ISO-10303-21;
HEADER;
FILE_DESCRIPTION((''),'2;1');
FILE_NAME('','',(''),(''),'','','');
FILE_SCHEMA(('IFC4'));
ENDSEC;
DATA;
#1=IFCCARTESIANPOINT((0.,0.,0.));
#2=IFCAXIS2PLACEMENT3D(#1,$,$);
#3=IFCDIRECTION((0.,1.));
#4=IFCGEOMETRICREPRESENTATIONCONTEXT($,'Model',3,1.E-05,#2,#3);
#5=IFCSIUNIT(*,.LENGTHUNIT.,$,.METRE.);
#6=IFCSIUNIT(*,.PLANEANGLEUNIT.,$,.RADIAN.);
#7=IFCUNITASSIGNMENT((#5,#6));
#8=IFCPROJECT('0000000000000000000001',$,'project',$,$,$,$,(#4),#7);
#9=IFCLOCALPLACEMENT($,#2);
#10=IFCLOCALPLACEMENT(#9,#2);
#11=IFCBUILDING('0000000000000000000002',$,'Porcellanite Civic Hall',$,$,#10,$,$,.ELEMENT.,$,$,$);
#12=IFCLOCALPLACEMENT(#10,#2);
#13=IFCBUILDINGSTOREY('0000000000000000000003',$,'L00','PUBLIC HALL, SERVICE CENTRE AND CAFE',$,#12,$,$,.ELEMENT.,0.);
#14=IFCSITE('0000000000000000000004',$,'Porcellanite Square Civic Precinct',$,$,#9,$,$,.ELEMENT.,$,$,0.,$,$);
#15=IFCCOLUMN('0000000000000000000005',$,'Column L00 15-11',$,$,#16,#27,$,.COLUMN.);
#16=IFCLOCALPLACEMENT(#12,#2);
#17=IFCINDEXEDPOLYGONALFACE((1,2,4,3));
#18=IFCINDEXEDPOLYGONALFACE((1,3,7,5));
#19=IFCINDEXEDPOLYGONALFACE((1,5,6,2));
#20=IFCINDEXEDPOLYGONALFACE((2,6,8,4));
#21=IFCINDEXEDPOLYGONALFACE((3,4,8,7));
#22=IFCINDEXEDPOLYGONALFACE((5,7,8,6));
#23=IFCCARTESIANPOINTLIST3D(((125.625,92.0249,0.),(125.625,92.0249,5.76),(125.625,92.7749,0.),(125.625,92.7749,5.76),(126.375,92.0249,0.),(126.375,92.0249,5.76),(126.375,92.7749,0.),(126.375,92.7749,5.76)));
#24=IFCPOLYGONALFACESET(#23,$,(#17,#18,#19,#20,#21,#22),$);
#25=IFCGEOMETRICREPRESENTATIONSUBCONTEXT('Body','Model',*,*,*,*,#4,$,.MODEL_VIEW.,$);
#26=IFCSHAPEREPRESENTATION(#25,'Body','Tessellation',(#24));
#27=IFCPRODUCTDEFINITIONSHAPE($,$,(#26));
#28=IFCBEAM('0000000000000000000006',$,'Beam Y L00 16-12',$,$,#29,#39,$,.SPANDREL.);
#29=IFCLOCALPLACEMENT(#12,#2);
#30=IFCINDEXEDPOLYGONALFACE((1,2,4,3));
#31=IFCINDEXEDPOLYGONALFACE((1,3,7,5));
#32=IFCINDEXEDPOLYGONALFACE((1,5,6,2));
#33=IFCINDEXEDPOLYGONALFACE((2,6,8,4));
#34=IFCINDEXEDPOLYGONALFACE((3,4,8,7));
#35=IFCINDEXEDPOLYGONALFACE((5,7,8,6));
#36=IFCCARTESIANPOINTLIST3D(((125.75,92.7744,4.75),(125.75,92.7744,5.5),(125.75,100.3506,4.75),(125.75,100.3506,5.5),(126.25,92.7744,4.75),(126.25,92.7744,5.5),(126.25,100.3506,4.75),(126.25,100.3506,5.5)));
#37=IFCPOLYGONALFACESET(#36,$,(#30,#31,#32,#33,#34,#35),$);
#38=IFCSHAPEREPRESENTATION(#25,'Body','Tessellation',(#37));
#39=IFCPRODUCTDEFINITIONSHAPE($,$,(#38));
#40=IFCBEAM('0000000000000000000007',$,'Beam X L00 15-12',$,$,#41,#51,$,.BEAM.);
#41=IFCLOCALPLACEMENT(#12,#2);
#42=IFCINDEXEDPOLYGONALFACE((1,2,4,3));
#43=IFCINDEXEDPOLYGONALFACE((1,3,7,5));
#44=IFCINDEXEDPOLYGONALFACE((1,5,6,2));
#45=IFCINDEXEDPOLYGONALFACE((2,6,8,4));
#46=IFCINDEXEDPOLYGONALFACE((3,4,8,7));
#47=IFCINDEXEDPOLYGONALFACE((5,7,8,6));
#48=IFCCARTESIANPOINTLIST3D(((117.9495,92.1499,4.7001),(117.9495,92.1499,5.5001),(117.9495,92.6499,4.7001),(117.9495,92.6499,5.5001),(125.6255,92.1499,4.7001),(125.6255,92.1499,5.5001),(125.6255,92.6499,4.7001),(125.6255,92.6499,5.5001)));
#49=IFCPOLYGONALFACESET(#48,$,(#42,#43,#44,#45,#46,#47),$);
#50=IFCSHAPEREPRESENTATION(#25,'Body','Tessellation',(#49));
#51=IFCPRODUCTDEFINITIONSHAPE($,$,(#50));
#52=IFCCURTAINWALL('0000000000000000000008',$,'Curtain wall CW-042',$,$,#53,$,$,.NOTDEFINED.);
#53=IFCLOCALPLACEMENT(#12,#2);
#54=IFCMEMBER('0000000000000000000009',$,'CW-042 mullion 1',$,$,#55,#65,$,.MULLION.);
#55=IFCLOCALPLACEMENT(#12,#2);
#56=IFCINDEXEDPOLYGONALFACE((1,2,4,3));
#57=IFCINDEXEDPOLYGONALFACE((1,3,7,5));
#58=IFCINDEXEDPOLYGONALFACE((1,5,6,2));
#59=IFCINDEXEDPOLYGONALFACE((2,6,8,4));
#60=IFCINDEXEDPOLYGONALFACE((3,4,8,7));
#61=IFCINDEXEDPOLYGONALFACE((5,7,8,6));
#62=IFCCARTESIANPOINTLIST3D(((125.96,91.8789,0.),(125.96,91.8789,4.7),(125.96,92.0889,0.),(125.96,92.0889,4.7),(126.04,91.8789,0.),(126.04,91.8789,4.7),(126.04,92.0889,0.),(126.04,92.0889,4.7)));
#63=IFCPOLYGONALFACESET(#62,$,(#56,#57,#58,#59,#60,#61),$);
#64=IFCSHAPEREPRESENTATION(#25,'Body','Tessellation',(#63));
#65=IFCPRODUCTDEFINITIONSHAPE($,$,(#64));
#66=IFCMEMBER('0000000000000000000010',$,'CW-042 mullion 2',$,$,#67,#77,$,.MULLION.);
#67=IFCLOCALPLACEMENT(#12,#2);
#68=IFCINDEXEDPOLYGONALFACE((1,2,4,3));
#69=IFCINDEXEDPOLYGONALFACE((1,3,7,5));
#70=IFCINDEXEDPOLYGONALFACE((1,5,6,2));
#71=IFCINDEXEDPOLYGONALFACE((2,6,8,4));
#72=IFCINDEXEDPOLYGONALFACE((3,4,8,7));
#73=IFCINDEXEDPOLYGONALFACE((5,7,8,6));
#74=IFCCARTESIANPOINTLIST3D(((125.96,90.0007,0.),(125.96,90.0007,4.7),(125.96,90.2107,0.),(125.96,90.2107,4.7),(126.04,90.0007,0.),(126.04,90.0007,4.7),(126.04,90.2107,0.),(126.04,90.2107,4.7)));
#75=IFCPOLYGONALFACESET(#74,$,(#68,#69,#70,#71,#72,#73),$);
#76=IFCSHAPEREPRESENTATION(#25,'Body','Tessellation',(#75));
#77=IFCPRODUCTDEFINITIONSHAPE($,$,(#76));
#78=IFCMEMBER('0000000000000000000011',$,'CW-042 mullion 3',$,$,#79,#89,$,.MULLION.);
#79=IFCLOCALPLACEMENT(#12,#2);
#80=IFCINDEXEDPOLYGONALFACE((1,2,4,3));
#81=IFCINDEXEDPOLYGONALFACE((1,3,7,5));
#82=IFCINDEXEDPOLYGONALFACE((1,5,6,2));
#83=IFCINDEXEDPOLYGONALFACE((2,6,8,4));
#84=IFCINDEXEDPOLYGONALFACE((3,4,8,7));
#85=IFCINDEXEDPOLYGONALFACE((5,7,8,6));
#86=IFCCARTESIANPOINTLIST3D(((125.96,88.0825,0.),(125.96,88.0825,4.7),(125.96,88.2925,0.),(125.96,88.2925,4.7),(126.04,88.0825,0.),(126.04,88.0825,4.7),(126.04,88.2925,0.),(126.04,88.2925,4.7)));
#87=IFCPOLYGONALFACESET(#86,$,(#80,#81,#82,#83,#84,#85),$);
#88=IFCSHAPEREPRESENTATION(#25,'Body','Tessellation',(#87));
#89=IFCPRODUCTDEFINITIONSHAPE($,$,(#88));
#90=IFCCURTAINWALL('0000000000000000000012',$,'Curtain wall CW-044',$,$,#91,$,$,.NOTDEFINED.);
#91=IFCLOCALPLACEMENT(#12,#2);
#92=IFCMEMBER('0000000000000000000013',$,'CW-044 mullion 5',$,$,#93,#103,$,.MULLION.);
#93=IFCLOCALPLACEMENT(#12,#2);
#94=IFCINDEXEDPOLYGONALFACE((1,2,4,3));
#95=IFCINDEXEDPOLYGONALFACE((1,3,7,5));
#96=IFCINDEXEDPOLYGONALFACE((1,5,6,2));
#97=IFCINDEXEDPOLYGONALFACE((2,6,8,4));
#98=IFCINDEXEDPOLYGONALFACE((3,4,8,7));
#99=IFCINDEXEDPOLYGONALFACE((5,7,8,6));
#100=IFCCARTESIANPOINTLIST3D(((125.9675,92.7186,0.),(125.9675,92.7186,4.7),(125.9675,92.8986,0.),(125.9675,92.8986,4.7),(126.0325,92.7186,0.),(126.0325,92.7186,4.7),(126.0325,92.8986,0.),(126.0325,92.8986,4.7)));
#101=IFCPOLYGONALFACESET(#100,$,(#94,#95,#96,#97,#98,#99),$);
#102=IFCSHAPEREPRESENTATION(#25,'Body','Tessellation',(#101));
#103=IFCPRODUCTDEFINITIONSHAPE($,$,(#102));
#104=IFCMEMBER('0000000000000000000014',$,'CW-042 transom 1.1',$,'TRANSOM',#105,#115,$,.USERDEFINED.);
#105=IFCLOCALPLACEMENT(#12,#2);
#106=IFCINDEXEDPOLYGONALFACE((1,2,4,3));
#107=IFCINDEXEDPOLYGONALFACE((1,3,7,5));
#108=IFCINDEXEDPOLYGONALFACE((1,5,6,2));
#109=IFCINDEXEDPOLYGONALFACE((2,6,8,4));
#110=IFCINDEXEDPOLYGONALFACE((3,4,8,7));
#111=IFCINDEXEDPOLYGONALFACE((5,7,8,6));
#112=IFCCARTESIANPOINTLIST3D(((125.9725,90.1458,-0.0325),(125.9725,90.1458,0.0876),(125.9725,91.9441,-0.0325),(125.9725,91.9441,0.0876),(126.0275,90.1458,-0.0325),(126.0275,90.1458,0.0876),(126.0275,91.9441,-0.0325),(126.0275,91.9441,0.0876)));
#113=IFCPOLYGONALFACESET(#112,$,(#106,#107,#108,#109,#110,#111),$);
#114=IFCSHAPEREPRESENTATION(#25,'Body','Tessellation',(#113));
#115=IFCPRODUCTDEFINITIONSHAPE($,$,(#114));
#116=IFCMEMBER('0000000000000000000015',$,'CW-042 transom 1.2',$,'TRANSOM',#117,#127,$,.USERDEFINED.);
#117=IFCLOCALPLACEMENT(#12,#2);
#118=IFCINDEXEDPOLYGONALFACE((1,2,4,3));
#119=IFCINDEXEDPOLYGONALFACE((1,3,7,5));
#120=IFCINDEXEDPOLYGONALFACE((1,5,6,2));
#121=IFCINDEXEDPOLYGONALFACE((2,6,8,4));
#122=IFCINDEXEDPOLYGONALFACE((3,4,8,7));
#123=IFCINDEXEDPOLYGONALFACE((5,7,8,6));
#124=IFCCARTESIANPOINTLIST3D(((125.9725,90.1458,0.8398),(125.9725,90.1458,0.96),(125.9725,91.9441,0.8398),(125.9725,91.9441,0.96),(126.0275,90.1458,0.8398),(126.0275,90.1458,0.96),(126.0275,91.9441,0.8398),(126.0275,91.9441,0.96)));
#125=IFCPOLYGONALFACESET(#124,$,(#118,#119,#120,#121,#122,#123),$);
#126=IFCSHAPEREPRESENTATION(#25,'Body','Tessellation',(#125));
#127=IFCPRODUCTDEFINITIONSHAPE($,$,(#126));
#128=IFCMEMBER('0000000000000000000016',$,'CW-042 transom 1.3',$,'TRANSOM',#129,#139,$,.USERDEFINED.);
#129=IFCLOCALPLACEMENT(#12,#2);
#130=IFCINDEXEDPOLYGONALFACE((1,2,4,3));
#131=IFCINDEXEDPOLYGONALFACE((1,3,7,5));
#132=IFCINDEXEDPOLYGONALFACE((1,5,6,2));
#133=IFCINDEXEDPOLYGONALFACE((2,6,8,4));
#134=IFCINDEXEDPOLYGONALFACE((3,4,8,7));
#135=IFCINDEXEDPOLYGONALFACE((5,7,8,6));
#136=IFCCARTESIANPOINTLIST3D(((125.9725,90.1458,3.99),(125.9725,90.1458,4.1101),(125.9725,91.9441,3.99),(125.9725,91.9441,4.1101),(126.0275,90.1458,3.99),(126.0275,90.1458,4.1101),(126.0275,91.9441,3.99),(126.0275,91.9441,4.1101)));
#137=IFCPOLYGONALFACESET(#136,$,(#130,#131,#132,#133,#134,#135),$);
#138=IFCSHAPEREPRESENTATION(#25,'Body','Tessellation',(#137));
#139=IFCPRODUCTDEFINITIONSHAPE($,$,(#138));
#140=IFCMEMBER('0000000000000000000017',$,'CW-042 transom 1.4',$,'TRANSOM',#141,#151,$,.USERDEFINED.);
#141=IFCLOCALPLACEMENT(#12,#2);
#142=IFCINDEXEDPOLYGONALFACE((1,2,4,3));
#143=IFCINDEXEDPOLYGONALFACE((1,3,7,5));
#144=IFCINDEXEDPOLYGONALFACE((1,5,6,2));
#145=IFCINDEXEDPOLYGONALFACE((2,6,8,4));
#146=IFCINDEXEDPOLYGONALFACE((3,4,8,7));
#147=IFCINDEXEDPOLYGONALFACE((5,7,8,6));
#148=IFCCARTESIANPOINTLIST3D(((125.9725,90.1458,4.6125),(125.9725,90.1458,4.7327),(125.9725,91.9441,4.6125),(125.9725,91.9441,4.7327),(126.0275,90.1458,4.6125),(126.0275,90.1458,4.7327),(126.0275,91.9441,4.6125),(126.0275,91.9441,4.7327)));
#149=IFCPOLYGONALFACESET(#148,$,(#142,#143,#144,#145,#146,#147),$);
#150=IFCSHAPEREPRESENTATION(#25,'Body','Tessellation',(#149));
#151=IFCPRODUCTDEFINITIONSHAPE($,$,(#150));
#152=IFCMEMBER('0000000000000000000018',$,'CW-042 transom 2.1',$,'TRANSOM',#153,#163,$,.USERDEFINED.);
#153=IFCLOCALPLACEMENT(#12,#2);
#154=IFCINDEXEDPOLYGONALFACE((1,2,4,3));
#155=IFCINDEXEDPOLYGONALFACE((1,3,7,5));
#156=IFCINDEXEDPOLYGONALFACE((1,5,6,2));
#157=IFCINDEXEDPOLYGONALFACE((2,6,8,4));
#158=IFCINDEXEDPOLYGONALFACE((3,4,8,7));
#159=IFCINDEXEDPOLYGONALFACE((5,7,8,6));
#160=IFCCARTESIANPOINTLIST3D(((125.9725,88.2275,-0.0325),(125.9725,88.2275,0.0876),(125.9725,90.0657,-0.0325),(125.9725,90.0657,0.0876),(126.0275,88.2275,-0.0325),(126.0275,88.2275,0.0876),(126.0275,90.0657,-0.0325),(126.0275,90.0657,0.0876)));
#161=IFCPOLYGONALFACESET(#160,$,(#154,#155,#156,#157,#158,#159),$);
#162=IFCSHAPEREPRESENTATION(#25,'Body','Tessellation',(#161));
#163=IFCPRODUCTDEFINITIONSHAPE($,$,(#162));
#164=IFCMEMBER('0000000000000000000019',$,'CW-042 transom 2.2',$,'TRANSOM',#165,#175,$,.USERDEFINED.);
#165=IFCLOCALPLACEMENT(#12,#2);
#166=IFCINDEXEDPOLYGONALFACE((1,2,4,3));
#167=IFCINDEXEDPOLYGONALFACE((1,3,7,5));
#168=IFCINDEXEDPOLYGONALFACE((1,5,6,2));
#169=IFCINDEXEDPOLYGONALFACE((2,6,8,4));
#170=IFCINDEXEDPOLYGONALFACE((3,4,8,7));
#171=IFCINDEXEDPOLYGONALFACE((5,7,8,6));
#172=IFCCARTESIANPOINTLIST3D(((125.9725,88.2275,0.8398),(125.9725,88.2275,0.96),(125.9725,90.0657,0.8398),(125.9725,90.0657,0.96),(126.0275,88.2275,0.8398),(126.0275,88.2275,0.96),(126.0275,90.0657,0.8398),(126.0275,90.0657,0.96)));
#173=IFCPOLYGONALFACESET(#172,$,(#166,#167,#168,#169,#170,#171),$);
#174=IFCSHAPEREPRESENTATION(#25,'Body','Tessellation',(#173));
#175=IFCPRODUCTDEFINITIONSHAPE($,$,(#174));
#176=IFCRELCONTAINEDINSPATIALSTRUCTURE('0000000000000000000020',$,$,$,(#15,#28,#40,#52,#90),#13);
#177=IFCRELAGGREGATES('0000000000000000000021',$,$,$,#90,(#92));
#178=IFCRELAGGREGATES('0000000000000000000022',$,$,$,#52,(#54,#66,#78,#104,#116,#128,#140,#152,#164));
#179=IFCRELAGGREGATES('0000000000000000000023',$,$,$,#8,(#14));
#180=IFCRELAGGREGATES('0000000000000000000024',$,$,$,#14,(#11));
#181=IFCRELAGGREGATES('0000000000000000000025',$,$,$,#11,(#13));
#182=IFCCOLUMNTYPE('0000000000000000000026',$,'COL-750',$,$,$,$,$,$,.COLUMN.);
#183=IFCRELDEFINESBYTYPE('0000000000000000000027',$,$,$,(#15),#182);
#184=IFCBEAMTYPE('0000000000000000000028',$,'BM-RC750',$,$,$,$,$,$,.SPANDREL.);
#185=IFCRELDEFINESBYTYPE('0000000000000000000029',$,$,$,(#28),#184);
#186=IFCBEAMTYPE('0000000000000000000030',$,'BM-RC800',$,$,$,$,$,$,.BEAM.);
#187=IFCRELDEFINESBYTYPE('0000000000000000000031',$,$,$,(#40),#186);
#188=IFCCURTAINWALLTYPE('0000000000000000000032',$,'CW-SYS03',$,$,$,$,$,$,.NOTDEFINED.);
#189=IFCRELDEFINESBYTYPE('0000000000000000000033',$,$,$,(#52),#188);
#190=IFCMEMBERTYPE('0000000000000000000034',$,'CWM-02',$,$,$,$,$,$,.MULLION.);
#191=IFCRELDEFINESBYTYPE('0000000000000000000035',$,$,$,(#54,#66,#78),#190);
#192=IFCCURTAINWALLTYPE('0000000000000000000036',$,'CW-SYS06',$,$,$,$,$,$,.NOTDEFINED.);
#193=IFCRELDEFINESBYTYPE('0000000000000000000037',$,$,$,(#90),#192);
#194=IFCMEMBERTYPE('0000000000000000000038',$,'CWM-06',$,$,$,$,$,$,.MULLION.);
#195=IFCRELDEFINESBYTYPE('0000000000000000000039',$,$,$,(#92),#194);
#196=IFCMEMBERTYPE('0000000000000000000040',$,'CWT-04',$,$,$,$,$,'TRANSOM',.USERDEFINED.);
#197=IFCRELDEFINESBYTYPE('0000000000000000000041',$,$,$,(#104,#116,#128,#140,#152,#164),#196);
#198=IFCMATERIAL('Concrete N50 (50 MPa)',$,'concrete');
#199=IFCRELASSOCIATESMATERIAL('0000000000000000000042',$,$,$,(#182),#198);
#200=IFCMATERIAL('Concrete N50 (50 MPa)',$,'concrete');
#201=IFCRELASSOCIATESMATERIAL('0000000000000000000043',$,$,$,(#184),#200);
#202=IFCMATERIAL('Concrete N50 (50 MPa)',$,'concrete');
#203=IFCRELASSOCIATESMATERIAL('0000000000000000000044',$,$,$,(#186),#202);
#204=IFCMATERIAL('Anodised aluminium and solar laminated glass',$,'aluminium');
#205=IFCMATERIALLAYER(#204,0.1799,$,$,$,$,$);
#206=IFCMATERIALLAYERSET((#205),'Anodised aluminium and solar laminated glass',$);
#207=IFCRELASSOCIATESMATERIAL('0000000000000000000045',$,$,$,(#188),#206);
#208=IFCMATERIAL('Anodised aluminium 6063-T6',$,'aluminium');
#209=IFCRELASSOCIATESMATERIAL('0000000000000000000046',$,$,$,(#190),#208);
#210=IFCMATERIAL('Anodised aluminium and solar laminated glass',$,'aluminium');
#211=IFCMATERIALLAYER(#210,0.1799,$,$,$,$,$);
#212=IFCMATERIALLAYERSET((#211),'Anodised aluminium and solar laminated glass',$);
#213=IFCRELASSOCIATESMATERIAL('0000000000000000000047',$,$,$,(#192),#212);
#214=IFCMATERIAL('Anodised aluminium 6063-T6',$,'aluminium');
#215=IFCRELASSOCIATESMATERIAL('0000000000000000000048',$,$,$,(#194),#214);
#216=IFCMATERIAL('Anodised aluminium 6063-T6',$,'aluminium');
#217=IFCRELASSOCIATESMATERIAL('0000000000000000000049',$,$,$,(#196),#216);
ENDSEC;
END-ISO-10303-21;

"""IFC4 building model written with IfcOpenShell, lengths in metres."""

from ifc_helpers import new_model, si_unit, direction, frame, origin, origin_2d, place, context, subcontext, project, spatial, rectangle, extrude, material, layer, layer_set, material_profile, profile_set, type_object, element, aggregate, save


model = new_model("IFC4")

# Units and contexts
model_context = context("Model", 3, precision=1e-05, world=origin(), true_north=direction((0.0, 1.0)))
body_context = subcontext(model_context, "Body", "Model", "MODEL_VIEW")
ifc_project = project(units=[si_unit("LENGTHUNIT", "METRE"), si_unit("PLANEANGLEUNIT", "RADIAN")], contexts=[model_context])

# Site, building, storey
site_placement = place(None, origin())
site = spatial("IfcSite", under=ifc_project, at=site_placement, Name="Porcellanite Square Civic Precinct", CompositionType="ELEMENT", RefElevation=0.0)
building_placement = place(site_placement, origin())
building = spatial("IfcBuilding", under=site, at=building_placement, Name="Porcellanite Civic Hall", CompositionType="ELEMENT")
storey_placement = place(building_placement, origin())
storey = spatial("IfcBuildingStorey", under=building, at=storey_placement, Name="L00", Description="PUBLIC HALL, SERVICE CENTRE AND CAFE", CompositionType="ELEMENT", Elevation=0.0)

# Column
ifc_material_1 = material(Name="Concrete N50 (50 MPa)", Category="concrete")
ifc_material_profile_1 = material_profile(ifc_material_1, rectangle(XDim=0.75, YDim=0.75, at=origin_2d()), Name="RC-750x750")
ifc_profile_set_1 = profile_set([ifc_material_profile_1], Name="Concrete N50 (50 MPa)")
column_type = type_object("IfcColumnType", Name="COL-750", PredefinedType="COLUMN", material=ifc_profile_set_1)
column_placement = place(storey_placement, frame((126.0, 92.3999, 0.0), z_axis=(0.0, 0.0, 1.0), x_axis=(1.0, 0.0, 0.0)))
element("IfcColumn", 1, at=column_placement, inside=storey, type_object=column_type, Name="Column L00 15-11", PredefinedType="COLUMN", context=body_context, shape_type="SweptSolid", body=[
    extrude(rectangle(XDim=0.75, YDim=0.75, at=origin_2d()), origin(), (0.0, 0.0, 1.0), 5.76),
])

# Beams
ifc_material_2 = material(Name="Concrete N50 (50 MPa)", Category="concrete")
ifc_material_profile_2 = material_profile(ifc_material_2, rectangle(XDim=0.5, YDim=0.75, at=origin_2d()), Name="RC-500x750")
ifc_profile_set_2 = profile_set([ifc_material_profile_2], Name="Concrete N50 (50 MPa)")
beam_type_1 = type_object("IfcBeamType", Name="BM-RC750", PredefinedType="SPANDREL", material=ifc_profile_set_2)
beam_1_placement = place(storey_placement, frame((126.0, 92.7744, 5.125), z_axis=(0.0, 1.0, 0.0), x_axis=(-1.0, 0.0, 0.0)))
element("IfcBeam", 2, at=beam_1_placement, inside=storey, type_object=beam_type_1, Name="Beam Y L00 16-12", PredefinedType="SPANDREL", context=body_context, shape_type="SweptSolid", body=[
    extrude(rectangle(XDim=0.5, YDim=0.75, at=origin_2d()), origin(), (0.0, 0.0, 1.0), 7.5762),
])
ifc_material_3 = material(Name="Concrete N50 (50 MPa)", Category="concrete")
ifc_material_profile_3 = material_profile(ifc_material_3, rectangle(XDim=0.5, YDim=0.8, at=origin_2d()), Name="RC-500x800")
ifc_profile_set_3 = profile_set([ifc_material_profile_3], Name="Concrete N50 (50 MPa)")
beam_type_2 = type_object("IfcBeamType", Name="BM-RC800", PredefinedType="BEAM", material=ifc_profile_set_3)
beam_2_placement = place(storey_placement, frame((117.9495, 92.3999, 5.1001), z_axis=(1.0, 0.0, 0.0), x_axis=(0.0, 1.0, 0.0)))
element("IfcBeam", 3, at=beam_2_placement, inside=storey, type_object=beam_type_2, Name="Beam X L00 15-12", PredefinedType="BEAM", context=body_context, shape_type="SweptSolid", body=[
    extrude(rectangle(XDim=0.5, YDim=0.8, at=origin_2d()), origin(), (0.0, 0.0, 1.0), 7.676),
])

# Curtain wall, members
ifc_material_4 = material(Name="Anodised aluminium and solar laminated glass", Category="aluminium")
ifc_layer_1 = layer(ifc_material_4, 0.1799)
ifc_layer_set_1 = layer_set([ifc_layer_1], Name="Anodised aluminium and solar laminated glass")
curtain_wall_type_1 = type_object("IfcCurtainWallType", Name="CW-SYS03", PredefinedType="NOTDEFINED", material=ifc_layer_set_1)
curtain_wall_1_placement = place(storey_placement, origin())
curtain_wall_1 = element("IfcCurtainWall", 4, at=curtain_wall_1_placement, inside=storey, type_object=curtain_wall_type_1, Name="Curtain wall CW-042", PredefinedType="NOTDEFINED")
ifc_material_5 = material(Name="Anodised aluminium 6063-T6", Category="aluminium")
ifc_material_profile_4 = material_profile(ifc_material_5, rectangle(XDim=0.0801, YDim=0.21, at=origin_2d()), Name="AL-80x210")
ifc_profile_set_4 = profile_set([ifc_material_profile_4], Name="Anodised aluminium 6063-T6")
member_type_1 = type_object("IfcMemberType", Name="CWM-02", PredefinedType="MULLION", material=ifc_profile_set_4)
member_1_placement = place(storey_placement, frame((126.0, 91.9839, 0.0), z_axis=(0.0, 0.0, 1.0), x_axis=(1.0, 0.0, 0.0)))
member_1 = element("IfcMember", 5, at=member_1_placement, type_object=member_type_1, Name="CW-042 mullion 1", PredefinedType="MULLION", context=body_context, shape_type="SweptSolid", body=[
    extrude(rectangle(XDim=0.0801, YDim=0.21, at=origin_2d()), origin(), (0.0, 0.0, 1.0), 4.7),
])
member_2_placement = place(storey_placement, frame((126.0, 90.1057, 0.0), z_axis=(0.0, 0.0, 1.0), x_axis=(1.0, 0.0, 0.0)))
member_2 = element("IfcMember", 6, at=member_2_placement, type_object=member_type_1, Name="CW-042 mullion 2", PredefinedType="MULLION", context=body_context, shape_type="SweptSolid", body=[
    extrude(rectangle(XDim=0.0801, YDim=0.21, at=origin_2d()), origin(), (0.0, 0.0, 1.0), 4.7),
])
member_3_placement = place(storey_placement, frame((126.0, 88.1875, 0.0), z_axis=(0.0, 0.0, 1.0), x_axis=(1.0, 0.0, 0.0)))
member_3 = element("IfcMember", 7, at=member_3_placement, type_object=member_type_1, Name="CW-042 mullion 3", PredefinedType="MULLION", context=body_context, shape_type="SweptSolid", body=[
    extrude(rectangle(XDim=0.0801, YDim=0.21, at=origin_2d()), origin(), (0.0, 0.0, 1.0), 4.7),
])

# Curtain wall, member
ifc_material_6 = material(Name="Anodised aluminium and solar laminated glass", Category="aluminium")
ifc_layer_2 = layer(ifc_material_6, 0.1799)
ifc_layer_set_2 = layer_set([ifc_layer_2], Name="Anodised aluminium and solar laminated glass")
curtain_wall_type_2 = type_object("IfcCurtainWallType", Name="CW-SYS06", PredefinedType="NOTDEFINED", material=ifc_layer_set_2)
curtain_wall_2_placement = place(storey_placement, origin())
curtain_wall_2 = element("IfcCurtainWall", 8, at=curtain_wall_2_placement, inside=storey, type_object=curtain_wall_type_2, Name="Curtain wall CW-044", PredefinedType="NOTDEFINED")
ifc_material_7 = material(Name="Anodised aluminium 6063-T6", Category="aluminium")
ifc_material_profile_5 = material_profile(ifc_material_7, rectangle(XDim=0.0649, YDim=0.1799, at=origin_2d()), Name="AL-65x180")
ifc_profile_set_5 = profile_set([ifc_material_profile_5], Name="Anodised aluminium 6063-T6")
member_type_2 = type_object("IfcMemberType", Name="CWM-06", PredefinedType="MULLION", material=ifc_profile_set_5)
member_4_placement = place(storey_placement, frame((126.0, 92.8086, 0.0), z_axis=(0.0, 0.0, 1.0), x_axis=(1.0, 0.0, 0.0)))
member_4 = element("IfcMember", 9, at=member_4_placement, type_object=member_type_2, Name="CW-044 mullion 5", PredefinedType="MULLION", context=body_context, shape_type="SweptSolid", body=[
    extrude(rectangle(XDim=0.0649, YDim=0.1799, at=origin_2d()), origin(), (0.0, 0.0, 1.0), 4.7),
])
aggregate(curtain_wall_2, [member_4])

# Members
ifc_material_8 = material(Name="Anodised aluminium 6063-T6", Category="aluminium")
ifc_material_profile_6 = material_profile(ifc_material_8, rectangle(XDim=0.0549, YDim=0.1201, at=origin_2d()), Name="AL-55x120")
ifc_profile_set_6 = profile_set([ifc_material_profile_6], Name="Anodised aluminium 6063-T6")
member_type_3 = type_object("IfcMemberType", Name="CWT-04", ElementType="TRANSOM", PredefinedType="USERDEFINED", material=ifc_profile_set_6)
member_5_placement = place(storey_placement, frame((126.0, 91.9441, 0.0276), z_axis=(0.0, -1.0, 0.0), x_axis=(1.0, 0.0, 0.0)))
member_5 = element("IfcMember", 10, at=member_5_placement, type_object=member_type_3, Name="CW-042 transom 1.1", ObjectType="TRANSOM", PredefinedType="USERDEFINED", context=body_context, shape_type="SweptSolid", body=[
    extrude(rectangle(XDim=0.0549, YDim=0.1201, at=origin_2d()), origin(), (0.0, 0.0, 1.0), 1.7983),
])
member_6_placement = place(storey_placement, frame((126.0, 91.9441, 0.8999), z_axis=(0.0, -1.0, 0.0), x_axis=(1.0, 0.0, 0.0)))
member_6 = element("IfcMember", 11, at=member_6_placement, type_object=member_type_3, Name="CW-042 transom 1.2", ObjectType="TRANSOM", PredefinedType="USERDEFINED", context=body_context, shape_type="SweptSolid", body=[
    extrude(rectangle(XDim=0.0549, YDim=0.1201, at=origin_2d()), origin(), (0.0, 0.0, 1.0), 1.7983),
])
member_7_placement = place(storey_placement, frame((126.0, 91.9441, 4.05), z_axis=(0.0, -1.0, 0.0), x_axis=(1.0, 0.0, 0.0)))
member_7 = element("IfcMember", 12, at=member_7_placement, type_object=member_type_3, Name="CW-042 transom 1.3", ObjectType="TRANSOM", PredefinedType="USERDEFINED", context=body_context, shape_type="SweptSolid", body=[
    extrude(rectangle(XDim=0.0549, YDim=0.1201, at=origin_2d()), origin(), (0.0, 0.0, 1.0), 1.7983),
])
member_8_placement = place(storey_placement, frame((126.0, 91.9441, 4.6726), z_axis=(0.0, -1.0, 0.0), x_axis=(1.0, 0.0, 0.0)))
member_8 = element("IfcMember", 13, at=member_8_placement, type_object=member_type_3, Name="CW-042 transom 1.4", ObjectType="TRANSOM", PredefinedType="USERDEFINED", context=body_context, shape_type="SweptSolid", body=[
    extrude(rectangle(XDim=0.0549, YDim=0.1201, at=origin_2d()), origin(), (0.0, 0.0, 1.0), 1.7983),
])
member_9_placement = place(storey_placement, frame((126.0, 90.0657, 0.0276), z_axis=(0.0, -1.0, 0.0), x_axis=(1.0, 0.0, 0.0)))
member_9 = element("IfcMember", 14, at=member_9_placement, type_object=member_type_3, Name="CW-042 transom 2.1", ObjectType="TRANSOM", PredefinedType="USERDEFINED", context=body_context, shape_type="SweptSolid", body=[
    extrude(rectangle(XDim=0.0549, YDim=0.1201, at=origin_2d()), origin(), (0.0, 0.0, 1.0), 1.8381),
])
member_10_placement = place(storey_placement, frame((126.0, 90.0657, 0.8999), z_axis=(0.0, -1.0, 0.0), x_axis=(1.0, 0.0, 0.0)))
member_10 = element("IfcMember", 15, at=member_10_placement, type_object=member_type_3, Name="CW-042 transom 2.2", ObjectType="TRANSOM", PredefinedType="USERDEFINED", context=body_context, shape_type="SweptSolid", body=[
    extrude(rectangle(XDim=0.0549, YDim=0.1201, at=origin_2d()), origin(), (0.0, 0.0, 1.0), 1.8381),
])

aggregate(curtain_wall_1, [member_1, member_2, member_3, member_5, member_6, member_7, member_8, member_9, member_10])

save(model, "model.ifc")
